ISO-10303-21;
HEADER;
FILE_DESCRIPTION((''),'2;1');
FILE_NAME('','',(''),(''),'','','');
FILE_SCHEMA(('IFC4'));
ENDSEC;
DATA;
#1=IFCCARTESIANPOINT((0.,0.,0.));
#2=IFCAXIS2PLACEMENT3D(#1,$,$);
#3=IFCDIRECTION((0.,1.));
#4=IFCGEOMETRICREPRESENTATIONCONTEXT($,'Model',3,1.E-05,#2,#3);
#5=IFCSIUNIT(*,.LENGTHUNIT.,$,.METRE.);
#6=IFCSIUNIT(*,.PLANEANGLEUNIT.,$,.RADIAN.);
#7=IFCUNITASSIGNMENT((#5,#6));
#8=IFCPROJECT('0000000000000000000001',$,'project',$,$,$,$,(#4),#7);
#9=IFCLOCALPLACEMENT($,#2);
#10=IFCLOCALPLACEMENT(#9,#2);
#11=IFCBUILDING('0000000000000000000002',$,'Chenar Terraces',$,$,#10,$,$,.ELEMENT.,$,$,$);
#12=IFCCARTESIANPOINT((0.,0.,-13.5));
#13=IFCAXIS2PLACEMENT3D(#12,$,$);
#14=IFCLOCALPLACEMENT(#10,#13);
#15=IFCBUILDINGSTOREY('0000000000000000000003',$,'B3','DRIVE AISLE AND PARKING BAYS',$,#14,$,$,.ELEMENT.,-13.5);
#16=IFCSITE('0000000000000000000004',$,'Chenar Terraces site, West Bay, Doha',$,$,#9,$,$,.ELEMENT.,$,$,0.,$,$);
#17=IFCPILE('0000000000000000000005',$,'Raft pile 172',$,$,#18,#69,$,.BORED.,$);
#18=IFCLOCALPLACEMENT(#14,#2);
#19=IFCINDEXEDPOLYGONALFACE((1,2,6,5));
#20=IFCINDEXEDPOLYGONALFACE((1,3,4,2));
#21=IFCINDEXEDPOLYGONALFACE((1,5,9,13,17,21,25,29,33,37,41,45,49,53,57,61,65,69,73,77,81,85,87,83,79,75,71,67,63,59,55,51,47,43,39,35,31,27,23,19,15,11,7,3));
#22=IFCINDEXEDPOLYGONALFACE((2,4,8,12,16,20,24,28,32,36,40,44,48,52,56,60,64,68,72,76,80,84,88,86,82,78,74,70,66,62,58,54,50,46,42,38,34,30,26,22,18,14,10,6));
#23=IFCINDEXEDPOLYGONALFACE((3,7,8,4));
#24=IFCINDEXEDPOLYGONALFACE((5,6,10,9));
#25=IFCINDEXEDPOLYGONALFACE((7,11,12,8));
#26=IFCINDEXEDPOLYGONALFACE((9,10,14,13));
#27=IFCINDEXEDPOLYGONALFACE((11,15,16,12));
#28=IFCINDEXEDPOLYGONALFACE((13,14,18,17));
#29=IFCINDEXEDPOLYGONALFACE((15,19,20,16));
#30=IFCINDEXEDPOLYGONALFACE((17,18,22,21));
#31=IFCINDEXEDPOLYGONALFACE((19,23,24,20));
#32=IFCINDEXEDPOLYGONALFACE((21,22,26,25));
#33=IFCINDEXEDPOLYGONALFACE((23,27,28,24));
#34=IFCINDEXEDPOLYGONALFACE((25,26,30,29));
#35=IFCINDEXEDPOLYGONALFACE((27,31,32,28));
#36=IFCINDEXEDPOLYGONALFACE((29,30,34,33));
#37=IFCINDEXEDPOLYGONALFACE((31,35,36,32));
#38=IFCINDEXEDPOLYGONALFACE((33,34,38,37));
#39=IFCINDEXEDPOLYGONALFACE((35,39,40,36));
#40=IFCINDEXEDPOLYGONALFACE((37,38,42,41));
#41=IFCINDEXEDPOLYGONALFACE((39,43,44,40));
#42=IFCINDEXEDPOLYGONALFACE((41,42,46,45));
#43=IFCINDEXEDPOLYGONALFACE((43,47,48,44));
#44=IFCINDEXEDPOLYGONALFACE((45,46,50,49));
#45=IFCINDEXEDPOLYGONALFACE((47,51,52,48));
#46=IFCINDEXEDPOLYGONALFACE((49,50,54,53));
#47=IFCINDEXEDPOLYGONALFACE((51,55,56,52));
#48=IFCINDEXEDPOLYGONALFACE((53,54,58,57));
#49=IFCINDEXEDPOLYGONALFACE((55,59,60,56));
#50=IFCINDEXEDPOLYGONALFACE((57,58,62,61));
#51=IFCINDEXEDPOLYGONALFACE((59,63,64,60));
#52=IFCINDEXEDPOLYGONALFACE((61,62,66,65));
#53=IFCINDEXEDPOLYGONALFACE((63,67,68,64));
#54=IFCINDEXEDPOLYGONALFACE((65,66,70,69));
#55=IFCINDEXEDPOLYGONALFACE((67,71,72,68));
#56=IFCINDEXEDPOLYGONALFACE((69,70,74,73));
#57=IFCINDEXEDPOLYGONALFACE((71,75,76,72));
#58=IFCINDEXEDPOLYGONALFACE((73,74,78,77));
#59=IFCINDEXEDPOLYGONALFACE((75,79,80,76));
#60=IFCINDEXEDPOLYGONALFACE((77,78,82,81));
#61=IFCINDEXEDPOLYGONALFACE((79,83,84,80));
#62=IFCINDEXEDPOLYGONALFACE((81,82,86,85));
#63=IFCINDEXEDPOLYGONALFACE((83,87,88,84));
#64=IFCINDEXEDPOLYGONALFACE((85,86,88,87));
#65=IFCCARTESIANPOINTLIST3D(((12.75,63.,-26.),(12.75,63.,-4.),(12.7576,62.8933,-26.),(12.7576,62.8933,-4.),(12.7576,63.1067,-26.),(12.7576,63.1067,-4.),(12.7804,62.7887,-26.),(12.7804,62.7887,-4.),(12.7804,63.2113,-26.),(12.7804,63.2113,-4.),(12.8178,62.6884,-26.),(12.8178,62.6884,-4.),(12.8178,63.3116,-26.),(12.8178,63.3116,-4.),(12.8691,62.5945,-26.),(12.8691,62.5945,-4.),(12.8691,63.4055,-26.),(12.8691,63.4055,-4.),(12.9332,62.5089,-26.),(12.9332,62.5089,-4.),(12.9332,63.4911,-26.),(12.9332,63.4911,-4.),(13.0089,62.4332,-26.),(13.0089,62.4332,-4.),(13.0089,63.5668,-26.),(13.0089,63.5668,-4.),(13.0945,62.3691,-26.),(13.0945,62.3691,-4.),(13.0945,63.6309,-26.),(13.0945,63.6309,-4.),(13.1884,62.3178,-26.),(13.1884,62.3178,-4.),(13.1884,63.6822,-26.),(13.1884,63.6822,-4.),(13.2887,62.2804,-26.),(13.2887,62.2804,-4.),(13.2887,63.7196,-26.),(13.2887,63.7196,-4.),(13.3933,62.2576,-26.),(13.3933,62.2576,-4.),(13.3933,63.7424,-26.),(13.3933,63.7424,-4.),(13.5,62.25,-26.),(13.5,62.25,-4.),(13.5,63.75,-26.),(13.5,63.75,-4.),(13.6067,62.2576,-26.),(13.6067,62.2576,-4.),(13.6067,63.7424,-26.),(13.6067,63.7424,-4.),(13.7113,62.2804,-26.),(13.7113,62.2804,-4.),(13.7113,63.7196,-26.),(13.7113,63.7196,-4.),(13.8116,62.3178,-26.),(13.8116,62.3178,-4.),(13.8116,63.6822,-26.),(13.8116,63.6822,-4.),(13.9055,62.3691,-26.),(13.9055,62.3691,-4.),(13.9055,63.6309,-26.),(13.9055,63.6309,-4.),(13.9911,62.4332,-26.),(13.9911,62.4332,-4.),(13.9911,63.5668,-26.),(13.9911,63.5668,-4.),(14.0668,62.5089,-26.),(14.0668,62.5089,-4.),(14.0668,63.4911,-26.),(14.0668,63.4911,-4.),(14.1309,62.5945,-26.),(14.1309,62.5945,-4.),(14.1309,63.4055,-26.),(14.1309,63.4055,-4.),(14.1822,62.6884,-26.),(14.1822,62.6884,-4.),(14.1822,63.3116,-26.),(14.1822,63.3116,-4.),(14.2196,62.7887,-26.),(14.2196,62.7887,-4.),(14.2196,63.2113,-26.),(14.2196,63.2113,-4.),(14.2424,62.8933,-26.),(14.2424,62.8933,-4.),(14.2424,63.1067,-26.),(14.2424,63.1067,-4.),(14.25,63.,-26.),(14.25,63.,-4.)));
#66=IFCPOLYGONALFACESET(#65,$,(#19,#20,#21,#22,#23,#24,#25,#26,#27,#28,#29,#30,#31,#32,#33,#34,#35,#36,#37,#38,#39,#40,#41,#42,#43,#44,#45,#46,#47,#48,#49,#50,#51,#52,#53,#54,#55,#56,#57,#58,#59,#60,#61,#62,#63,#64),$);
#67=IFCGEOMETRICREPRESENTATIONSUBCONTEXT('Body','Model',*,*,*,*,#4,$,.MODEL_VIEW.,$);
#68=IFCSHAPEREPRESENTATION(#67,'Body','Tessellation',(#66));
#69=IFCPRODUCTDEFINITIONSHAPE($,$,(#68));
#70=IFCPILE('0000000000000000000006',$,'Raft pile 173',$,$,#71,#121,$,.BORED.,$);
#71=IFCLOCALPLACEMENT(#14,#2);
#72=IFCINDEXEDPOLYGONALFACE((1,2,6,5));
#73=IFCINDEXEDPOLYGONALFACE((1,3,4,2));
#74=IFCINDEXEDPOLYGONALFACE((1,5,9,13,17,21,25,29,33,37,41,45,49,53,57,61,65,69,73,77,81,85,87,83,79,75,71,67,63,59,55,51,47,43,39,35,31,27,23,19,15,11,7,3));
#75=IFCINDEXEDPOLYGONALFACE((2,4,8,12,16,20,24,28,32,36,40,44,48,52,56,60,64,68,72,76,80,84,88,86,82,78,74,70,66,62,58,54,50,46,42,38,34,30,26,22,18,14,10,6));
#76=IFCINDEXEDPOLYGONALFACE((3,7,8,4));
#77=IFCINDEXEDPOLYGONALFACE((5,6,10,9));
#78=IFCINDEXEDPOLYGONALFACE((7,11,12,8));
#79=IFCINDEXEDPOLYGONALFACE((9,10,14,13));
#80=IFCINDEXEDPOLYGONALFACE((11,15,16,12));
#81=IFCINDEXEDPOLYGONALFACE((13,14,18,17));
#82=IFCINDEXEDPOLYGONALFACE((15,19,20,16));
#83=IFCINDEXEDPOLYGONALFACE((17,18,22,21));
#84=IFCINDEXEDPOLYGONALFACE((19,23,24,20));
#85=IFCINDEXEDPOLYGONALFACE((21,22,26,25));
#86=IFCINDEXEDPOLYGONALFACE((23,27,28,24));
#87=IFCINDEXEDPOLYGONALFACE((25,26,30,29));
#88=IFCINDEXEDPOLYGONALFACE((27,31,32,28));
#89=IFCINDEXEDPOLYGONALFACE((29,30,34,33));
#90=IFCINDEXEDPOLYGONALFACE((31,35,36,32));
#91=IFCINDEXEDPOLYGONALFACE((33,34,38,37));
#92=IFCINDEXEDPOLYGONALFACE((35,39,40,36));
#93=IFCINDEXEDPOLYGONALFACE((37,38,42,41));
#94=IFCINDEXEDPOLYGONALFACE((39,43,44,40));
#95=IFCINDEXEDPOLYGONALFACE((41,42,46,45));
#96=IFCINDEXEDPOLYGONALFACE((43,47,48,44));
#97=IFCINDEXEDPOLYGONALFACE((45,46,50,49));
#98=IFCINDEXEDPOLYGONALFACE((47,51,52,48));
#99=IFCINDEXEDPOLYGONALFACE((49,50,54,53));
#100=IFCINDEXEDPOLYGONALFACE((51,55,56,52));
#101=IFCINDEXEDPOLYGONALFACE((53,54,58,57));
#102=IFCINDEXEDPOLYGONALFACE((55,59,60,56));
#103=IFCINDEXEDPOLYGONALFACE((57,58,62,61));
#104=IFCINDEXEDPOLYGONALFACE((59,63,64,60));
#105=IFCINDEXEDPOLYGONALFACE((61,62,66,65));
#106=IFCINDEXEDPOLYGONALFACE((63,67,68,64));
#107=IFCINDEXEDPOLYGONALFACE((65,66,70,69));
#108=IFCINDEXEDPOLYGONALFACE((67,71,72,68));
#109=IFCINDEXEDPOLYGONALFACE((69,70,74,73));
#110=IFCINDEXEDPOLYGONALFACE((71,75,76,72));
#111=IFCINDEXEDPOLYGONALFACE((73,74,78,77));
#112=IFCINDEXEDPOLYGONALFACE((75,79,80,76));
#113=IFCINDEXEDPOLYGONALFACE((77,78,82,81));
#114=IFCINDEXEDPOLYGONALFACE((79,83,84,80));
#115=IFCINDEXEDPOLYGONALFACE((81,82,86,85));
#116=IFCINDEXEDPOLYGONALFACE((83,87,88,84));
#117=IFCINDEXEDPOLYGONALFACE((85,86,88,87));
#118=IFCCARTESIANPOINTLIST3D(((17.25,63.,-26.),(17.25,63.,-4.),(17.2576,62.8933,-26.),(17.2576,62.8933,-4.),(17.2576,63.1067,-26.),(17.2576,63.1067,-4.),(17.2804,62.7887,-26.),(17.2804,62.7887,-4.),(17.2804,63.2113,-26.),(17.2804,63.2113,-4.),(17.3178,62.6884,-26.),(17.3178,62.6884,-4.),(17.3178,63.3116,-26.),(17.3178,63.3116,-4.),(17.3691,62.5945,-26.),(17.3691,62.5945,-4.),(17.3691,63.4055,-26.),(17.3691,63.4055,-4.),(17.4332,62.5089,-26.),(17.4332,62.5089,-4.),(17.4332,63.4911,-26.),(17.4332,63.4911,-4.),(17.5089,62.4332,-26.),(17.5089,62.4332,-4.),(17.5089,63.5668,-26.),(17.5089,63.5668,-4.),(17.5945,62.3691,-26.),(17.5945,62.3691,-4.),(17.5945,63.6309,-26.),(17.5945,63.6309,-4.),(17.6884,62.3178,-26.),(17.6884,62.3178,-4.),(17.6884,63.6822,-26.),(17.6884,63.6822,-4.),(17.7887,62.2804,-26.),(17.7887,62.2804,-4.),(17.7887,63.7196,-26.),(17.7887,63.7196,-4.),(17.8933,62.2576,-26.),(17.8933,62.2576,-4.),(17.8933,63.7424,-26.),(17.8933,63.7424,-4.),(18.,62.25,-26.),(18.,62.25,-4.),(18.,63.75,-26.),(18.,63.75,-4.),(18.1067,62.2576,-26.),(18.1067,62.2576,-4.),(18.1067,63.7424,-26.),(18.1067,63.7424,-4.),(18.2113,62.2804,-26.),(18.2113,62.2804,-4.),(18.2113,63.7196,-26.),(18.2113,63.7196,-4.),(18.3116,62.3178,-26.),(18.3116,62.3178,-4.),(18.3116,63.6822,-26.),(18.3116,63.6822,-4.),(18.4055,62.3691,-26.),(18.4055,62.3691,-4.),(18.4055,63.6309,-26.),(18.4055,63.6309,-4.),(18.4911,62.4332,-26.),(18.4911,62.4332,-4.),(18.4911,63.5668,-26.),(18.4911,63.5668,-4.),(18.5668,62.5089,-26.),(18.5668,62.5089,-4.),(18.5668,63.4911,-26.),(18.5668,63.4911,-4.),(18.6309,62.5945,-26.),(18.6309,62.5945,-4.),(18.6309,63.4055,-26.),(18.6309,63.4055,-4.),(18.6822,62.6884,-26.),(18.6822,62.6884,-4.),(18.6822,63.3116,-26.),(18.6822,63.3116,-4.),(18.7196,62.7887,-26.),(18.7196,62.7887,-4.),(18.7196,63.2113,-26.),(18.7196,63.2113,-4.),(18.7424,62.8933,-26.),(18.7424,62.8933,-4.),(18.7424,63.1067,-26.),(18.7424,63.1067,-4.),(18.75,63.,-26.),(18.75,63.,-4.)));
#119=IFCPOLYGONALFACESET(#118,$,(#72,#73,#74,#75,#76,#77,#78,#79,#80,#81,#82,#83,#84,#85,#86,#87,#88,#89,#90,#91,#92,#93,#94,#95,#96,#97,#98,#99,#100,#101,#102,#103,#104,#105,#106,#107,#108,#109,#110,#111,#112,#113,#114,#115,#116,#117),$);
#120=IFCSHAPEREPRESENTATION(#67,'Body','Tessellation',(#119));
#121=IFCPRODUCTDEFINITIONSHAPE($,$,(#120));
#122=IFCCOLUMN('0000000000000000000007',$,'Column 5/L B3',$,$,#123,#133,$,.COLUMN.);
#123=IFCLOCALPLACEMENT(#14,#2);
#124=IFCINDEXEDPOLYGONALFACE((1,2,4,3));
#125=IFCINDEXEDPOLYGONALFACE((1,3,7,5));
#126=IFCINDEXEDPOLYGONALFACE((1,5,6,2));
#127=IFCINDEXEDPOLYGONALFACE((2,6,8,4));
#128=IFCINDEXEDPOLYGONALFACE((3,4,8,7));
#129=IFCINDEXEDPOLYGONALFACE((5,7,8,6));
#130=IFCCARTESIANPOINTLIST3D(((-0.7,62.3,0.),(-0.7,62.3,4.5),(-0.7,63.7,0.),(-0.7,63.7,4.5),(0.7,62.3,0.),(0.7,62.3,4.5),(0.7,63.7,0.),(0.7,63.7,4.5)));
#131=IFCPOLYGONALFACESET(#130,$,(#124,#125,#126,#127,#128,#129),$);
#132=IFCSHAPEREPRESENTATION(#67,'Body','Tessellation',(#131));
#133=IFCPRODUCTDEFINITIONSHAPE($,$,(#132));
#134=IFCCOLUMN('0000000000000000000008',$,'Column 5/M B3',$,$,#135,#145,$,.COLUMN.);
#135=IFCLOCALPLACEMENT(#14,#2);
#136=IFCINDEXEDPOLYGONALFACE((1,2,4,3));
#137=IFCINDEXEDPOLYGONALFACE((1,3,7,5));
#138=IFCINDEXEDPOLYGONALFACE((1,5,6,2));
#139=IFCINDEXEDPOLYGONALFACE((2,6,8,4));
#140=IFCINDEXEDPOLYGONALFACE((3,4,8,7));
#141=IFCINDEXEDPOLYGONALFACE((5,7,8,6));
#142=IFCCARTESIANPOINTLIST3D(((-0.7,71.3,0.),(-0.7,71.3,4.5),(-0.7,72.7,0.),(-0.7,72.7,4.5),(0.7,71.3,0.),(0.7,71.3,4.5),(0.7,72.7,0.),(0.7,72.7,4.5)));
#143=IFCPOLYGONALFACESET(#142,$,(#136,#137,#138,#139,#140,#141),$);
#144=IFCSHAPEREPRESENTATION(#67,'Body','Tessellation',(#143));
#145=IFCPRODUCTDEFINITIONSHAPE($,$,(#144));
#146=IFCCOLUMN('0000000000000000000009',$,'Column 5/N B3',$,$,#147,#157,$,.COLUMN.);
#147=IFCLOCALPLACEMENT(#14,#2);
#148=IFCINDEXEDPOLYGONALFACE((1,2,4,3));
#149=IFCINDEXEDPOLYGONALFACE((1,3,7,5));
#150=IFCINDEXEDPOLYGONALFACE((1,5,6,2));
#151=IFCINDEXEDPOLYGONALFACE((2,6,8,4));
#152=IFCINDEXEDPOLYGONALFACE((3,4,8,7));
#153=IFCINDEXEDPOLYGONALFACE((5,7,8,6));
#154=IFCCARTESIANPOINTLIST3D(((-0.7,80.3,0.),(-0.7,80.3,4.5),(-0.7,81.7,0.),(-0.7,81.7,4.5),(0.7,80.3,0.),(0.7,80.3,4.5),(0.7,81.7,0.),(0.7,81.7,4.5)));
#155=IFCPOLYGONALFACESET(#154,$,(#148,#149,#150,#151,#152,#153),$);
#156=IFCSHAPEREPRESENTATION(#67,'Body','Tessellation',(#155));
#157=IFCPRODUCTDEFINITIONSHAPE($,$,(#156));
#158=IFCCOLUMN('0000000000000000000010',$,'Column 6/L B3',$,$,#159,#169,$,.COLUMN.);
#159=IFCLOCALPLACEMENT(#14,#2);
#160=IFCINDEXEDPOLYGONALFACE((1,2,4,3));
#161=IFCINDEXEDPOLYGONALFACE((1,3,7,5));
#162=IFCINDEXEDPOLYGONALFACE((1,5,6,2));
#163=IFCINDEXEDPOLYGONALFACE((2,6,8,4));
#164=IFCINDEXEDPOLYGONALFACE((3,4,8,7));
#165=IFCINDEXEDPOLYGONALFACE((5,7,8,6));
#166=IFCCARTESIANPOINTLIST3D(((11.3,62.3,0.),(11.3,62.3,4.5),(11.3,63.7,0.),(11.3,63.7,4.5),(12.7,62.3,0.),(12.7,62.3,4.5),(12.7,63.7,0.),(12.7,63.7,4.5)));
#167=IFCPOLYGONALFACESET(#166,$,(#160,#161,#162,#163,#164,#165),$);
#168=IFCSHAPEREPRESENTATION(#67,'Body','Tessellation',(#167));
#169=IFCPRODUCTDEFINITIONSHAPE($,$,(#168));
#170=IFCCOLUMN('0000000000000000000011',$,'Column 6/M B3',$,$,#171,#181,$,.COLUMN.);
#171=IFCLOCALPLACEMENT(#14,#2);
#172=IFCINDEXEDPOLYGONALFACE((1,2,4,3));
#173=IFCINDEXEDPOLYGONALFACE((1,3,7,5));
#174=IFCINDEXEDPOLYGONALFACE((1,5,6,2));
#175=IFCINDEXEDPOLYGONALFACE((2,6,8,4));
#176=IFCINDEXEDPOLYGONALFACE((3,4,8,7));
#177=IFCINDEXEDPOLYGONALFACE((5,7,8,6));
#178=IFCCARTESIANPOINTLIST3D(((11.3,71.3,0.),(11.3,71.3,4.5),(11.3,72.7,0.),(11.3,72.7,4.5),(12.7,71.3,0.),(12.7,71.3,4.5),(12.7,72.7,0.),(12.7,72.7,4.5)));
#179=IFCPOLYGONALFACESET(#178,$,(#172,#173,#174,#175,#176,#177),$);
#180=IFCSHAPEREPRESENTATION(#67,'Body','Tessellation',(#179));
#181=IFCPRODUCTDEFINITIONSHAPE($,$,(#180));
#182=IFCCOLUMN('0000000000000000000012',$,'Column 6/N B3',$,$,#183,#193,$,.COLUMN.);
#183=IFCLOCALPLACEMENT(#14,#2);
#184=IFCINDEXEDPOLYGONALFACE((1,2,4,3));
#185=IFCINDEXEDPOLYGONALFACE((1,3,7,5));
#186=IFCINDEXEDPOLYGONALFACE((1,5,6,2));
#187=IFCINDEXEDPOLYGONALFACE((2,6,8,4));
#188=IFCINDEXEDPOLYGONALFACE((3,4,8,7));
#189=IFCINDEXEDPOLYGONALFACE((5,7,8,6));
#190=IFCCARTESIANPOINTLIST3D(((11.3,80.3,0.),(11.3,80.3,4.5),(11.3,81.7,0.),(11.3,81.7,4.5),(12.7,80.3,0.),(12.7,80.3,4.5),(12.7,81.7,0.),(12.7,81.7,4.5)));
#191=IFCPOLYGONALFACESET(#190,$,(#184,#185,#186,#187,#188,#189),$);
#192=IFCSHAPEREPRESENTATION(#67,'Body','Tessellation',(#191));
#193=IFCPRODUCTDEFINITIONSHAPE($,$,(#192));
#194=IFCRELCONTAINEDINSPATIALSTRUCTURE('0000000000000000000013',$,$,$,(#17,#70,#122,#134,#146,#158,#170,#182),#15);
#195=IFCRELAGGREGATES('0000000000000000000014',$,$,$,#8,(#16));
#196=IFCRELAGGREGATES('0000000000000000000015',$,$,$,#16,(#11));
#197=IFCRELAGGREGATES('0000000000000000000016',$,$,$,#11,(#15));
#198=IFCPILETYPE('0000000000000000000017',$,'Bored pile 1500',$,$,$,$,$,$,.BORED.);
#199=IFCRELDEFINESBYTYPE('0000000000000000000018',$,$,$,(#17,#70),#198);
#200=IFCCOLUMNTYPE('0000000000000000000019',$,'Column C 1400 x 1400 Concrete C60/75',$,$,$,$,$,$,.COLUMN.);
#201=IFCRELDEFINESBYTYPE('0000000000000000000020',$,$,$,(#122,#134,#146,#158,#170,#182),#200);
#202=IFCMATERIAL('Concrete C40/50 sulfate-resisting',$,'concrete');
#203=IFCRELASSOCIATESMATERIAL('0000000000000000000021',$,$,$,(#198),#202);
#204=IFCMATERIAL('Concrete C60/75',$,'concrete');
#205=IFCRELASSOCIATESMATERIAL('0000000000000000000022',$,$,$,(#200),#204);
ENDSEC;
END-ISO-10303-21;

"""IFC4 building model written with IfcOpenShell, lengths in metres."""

from ifc_helpers import new_model, si_unit, direction, frame, origin, origin_2d, place, context, subcontext, project, spatial, rectangle, circle, extrude, material, material_profile, profile_set, type_object, element, save


model = new_model("IFC4")

# Units and contexts
model_context = context("Model", 3, precision=1e-05, world=origin(), true_north=direction((0.0, 1.0)))
body_context = subcontext(model_context, "Body", "Model", "MODEL_VIEW")
ifc_project = project(units=[si_unit("LENGTHUNIT", "METRE"), si_unit("PLANEANGLEUNIT", "RADIAN")], contexts=[model_context])

# Site, building, storey
site_placement = place(None, origin())
site = spatial("IfcSite", under=ifc_project, at=site_placement, Name="Chenar Terraces site, West Bay, Doha", CompositionType="ELEMENT", RefElevation=0.0)
building_placement = place(site_placement, origin())
building = spatial("IfcBuilding", under=site, at=building_placement, Name="Chenar Terraces", CompositionType="ELEMENT")
storey_placement = place(building_placement, frame((0.0, 0.0, -13.5)))
storey = spatial("IfcBuildingStorey", under=building, at=storey_placement, Name="B3", Description="DRIVE AISLE AND PARKING BAYS", CompositionType="ELEMENT", Elevation=-13.5)

# Piles
ifc_material_1 = material(Name="Concrete C40/50 sulfate-resisting", Category="concrete")
ifc_material_profile_1 = material_profile(ifc_material_1, circle(Radius=0.75, at=origin_2d()), Name="BP 1500")
ifc_profile_set_1 = profile_set([ifc_material_profile_1], Name="Concrete C40/50 sulfate-resisting")
pile_type_1 = type_object("IfcPileType", Name="Bored pile 1500", PredefinedType="BORED", material=ifc_profile_set_1)
for number, where, z_axis, x_axis, name in (
    (1, (13.5, 63.0, -4.0), (0.0, 0.0, -1.0), (1.0, 0.0, 0.0), "Raft pile 172"),
    (2, (18.0, 63.0, -4.0), (0.0, 0.0, -1.0), (1.0, 0.0, 0.0), "Raft pile 173"),
):
    element("IfcPile", number, at=place(storey_placement, frame(where, z_axis=z_axis, x_axis=x_axis)), inside=storey, type_object=pile_type_1, Name=name, PredefinedType="BORED", context=body_context, shape_type="SweptSolid", body=[
        extrude(circle(Radius=0.75, at=origin_2d()), origin(), (0.0, 0.0, 1.0), 22.0),
    ])

# Columns
ifc_material_2 = material(Name="Concrete C60/75", Category="concrete")
ifc_material_profile_2 = material_profile(ifc_material_2, rectangle(XDim=1.3999, YDim=1.3999, at=origin_2d()), Name="C 1400 x 1400")
ifc_profile_set_2 = profile_set([ifc_material_profile_2], Name="Concrete C60/75")
column_type = type_object("IfcColumnType", Name="Column C 1400 x 1400 Concrete C60/75", PredefinedType="COLUMN", material=ifc_profile_set_2)
for number, where, z_axis, x_axis, name in (
    (3, (0.0, 63.0, 0.0), (0.0, 0.0, 1.0), (1.0, 0.0, 0.0), "Column 5/L B3"),
    (4, (0.0, 72.0, 0.0), (0.0, 0.0, 1.0), (1.0, 0.0, 0.0), "Column 5/M B3"),
    (5, (0.0, 81.0, 0.0), (0.0, 0.0, 1.0), (1.0, 0.0, 0.0), "Column 5/N B3"),
    (6, (12.0, 63.0, 0.0), (0.0, 0.0, 1.0), (1.0, 0.0, 0.0), "Column 6/L B3"),
    (7, (12.0, 72.0, 0.0), (0.0, 0.0, 1.0), (1.0, 0.0, 0.0), "Column 6/M B3"),
    (8, (12.0, 81.0, 0.0), (0.0, 0.0, 1.0), (1.0, 0.0, 0.0), "Column 6/N B3"),
):
    element("IfcColumn", number, at=place(storey_placement, frame(where, z_axis=z_axis, x_axis=x_axis)), inside=storey, type_object=column_type, Name=name, PredefinedType="COLUMN", context=body_context, shape_type="SweptSolid", body=[
        extrude(rectangle(XDim=1.3999, YDim=1.3999, at=origin_2d()), origin(), (0.0, 0.0, 1.0), 4.5),
    ])

save(model, "model.ifc")
